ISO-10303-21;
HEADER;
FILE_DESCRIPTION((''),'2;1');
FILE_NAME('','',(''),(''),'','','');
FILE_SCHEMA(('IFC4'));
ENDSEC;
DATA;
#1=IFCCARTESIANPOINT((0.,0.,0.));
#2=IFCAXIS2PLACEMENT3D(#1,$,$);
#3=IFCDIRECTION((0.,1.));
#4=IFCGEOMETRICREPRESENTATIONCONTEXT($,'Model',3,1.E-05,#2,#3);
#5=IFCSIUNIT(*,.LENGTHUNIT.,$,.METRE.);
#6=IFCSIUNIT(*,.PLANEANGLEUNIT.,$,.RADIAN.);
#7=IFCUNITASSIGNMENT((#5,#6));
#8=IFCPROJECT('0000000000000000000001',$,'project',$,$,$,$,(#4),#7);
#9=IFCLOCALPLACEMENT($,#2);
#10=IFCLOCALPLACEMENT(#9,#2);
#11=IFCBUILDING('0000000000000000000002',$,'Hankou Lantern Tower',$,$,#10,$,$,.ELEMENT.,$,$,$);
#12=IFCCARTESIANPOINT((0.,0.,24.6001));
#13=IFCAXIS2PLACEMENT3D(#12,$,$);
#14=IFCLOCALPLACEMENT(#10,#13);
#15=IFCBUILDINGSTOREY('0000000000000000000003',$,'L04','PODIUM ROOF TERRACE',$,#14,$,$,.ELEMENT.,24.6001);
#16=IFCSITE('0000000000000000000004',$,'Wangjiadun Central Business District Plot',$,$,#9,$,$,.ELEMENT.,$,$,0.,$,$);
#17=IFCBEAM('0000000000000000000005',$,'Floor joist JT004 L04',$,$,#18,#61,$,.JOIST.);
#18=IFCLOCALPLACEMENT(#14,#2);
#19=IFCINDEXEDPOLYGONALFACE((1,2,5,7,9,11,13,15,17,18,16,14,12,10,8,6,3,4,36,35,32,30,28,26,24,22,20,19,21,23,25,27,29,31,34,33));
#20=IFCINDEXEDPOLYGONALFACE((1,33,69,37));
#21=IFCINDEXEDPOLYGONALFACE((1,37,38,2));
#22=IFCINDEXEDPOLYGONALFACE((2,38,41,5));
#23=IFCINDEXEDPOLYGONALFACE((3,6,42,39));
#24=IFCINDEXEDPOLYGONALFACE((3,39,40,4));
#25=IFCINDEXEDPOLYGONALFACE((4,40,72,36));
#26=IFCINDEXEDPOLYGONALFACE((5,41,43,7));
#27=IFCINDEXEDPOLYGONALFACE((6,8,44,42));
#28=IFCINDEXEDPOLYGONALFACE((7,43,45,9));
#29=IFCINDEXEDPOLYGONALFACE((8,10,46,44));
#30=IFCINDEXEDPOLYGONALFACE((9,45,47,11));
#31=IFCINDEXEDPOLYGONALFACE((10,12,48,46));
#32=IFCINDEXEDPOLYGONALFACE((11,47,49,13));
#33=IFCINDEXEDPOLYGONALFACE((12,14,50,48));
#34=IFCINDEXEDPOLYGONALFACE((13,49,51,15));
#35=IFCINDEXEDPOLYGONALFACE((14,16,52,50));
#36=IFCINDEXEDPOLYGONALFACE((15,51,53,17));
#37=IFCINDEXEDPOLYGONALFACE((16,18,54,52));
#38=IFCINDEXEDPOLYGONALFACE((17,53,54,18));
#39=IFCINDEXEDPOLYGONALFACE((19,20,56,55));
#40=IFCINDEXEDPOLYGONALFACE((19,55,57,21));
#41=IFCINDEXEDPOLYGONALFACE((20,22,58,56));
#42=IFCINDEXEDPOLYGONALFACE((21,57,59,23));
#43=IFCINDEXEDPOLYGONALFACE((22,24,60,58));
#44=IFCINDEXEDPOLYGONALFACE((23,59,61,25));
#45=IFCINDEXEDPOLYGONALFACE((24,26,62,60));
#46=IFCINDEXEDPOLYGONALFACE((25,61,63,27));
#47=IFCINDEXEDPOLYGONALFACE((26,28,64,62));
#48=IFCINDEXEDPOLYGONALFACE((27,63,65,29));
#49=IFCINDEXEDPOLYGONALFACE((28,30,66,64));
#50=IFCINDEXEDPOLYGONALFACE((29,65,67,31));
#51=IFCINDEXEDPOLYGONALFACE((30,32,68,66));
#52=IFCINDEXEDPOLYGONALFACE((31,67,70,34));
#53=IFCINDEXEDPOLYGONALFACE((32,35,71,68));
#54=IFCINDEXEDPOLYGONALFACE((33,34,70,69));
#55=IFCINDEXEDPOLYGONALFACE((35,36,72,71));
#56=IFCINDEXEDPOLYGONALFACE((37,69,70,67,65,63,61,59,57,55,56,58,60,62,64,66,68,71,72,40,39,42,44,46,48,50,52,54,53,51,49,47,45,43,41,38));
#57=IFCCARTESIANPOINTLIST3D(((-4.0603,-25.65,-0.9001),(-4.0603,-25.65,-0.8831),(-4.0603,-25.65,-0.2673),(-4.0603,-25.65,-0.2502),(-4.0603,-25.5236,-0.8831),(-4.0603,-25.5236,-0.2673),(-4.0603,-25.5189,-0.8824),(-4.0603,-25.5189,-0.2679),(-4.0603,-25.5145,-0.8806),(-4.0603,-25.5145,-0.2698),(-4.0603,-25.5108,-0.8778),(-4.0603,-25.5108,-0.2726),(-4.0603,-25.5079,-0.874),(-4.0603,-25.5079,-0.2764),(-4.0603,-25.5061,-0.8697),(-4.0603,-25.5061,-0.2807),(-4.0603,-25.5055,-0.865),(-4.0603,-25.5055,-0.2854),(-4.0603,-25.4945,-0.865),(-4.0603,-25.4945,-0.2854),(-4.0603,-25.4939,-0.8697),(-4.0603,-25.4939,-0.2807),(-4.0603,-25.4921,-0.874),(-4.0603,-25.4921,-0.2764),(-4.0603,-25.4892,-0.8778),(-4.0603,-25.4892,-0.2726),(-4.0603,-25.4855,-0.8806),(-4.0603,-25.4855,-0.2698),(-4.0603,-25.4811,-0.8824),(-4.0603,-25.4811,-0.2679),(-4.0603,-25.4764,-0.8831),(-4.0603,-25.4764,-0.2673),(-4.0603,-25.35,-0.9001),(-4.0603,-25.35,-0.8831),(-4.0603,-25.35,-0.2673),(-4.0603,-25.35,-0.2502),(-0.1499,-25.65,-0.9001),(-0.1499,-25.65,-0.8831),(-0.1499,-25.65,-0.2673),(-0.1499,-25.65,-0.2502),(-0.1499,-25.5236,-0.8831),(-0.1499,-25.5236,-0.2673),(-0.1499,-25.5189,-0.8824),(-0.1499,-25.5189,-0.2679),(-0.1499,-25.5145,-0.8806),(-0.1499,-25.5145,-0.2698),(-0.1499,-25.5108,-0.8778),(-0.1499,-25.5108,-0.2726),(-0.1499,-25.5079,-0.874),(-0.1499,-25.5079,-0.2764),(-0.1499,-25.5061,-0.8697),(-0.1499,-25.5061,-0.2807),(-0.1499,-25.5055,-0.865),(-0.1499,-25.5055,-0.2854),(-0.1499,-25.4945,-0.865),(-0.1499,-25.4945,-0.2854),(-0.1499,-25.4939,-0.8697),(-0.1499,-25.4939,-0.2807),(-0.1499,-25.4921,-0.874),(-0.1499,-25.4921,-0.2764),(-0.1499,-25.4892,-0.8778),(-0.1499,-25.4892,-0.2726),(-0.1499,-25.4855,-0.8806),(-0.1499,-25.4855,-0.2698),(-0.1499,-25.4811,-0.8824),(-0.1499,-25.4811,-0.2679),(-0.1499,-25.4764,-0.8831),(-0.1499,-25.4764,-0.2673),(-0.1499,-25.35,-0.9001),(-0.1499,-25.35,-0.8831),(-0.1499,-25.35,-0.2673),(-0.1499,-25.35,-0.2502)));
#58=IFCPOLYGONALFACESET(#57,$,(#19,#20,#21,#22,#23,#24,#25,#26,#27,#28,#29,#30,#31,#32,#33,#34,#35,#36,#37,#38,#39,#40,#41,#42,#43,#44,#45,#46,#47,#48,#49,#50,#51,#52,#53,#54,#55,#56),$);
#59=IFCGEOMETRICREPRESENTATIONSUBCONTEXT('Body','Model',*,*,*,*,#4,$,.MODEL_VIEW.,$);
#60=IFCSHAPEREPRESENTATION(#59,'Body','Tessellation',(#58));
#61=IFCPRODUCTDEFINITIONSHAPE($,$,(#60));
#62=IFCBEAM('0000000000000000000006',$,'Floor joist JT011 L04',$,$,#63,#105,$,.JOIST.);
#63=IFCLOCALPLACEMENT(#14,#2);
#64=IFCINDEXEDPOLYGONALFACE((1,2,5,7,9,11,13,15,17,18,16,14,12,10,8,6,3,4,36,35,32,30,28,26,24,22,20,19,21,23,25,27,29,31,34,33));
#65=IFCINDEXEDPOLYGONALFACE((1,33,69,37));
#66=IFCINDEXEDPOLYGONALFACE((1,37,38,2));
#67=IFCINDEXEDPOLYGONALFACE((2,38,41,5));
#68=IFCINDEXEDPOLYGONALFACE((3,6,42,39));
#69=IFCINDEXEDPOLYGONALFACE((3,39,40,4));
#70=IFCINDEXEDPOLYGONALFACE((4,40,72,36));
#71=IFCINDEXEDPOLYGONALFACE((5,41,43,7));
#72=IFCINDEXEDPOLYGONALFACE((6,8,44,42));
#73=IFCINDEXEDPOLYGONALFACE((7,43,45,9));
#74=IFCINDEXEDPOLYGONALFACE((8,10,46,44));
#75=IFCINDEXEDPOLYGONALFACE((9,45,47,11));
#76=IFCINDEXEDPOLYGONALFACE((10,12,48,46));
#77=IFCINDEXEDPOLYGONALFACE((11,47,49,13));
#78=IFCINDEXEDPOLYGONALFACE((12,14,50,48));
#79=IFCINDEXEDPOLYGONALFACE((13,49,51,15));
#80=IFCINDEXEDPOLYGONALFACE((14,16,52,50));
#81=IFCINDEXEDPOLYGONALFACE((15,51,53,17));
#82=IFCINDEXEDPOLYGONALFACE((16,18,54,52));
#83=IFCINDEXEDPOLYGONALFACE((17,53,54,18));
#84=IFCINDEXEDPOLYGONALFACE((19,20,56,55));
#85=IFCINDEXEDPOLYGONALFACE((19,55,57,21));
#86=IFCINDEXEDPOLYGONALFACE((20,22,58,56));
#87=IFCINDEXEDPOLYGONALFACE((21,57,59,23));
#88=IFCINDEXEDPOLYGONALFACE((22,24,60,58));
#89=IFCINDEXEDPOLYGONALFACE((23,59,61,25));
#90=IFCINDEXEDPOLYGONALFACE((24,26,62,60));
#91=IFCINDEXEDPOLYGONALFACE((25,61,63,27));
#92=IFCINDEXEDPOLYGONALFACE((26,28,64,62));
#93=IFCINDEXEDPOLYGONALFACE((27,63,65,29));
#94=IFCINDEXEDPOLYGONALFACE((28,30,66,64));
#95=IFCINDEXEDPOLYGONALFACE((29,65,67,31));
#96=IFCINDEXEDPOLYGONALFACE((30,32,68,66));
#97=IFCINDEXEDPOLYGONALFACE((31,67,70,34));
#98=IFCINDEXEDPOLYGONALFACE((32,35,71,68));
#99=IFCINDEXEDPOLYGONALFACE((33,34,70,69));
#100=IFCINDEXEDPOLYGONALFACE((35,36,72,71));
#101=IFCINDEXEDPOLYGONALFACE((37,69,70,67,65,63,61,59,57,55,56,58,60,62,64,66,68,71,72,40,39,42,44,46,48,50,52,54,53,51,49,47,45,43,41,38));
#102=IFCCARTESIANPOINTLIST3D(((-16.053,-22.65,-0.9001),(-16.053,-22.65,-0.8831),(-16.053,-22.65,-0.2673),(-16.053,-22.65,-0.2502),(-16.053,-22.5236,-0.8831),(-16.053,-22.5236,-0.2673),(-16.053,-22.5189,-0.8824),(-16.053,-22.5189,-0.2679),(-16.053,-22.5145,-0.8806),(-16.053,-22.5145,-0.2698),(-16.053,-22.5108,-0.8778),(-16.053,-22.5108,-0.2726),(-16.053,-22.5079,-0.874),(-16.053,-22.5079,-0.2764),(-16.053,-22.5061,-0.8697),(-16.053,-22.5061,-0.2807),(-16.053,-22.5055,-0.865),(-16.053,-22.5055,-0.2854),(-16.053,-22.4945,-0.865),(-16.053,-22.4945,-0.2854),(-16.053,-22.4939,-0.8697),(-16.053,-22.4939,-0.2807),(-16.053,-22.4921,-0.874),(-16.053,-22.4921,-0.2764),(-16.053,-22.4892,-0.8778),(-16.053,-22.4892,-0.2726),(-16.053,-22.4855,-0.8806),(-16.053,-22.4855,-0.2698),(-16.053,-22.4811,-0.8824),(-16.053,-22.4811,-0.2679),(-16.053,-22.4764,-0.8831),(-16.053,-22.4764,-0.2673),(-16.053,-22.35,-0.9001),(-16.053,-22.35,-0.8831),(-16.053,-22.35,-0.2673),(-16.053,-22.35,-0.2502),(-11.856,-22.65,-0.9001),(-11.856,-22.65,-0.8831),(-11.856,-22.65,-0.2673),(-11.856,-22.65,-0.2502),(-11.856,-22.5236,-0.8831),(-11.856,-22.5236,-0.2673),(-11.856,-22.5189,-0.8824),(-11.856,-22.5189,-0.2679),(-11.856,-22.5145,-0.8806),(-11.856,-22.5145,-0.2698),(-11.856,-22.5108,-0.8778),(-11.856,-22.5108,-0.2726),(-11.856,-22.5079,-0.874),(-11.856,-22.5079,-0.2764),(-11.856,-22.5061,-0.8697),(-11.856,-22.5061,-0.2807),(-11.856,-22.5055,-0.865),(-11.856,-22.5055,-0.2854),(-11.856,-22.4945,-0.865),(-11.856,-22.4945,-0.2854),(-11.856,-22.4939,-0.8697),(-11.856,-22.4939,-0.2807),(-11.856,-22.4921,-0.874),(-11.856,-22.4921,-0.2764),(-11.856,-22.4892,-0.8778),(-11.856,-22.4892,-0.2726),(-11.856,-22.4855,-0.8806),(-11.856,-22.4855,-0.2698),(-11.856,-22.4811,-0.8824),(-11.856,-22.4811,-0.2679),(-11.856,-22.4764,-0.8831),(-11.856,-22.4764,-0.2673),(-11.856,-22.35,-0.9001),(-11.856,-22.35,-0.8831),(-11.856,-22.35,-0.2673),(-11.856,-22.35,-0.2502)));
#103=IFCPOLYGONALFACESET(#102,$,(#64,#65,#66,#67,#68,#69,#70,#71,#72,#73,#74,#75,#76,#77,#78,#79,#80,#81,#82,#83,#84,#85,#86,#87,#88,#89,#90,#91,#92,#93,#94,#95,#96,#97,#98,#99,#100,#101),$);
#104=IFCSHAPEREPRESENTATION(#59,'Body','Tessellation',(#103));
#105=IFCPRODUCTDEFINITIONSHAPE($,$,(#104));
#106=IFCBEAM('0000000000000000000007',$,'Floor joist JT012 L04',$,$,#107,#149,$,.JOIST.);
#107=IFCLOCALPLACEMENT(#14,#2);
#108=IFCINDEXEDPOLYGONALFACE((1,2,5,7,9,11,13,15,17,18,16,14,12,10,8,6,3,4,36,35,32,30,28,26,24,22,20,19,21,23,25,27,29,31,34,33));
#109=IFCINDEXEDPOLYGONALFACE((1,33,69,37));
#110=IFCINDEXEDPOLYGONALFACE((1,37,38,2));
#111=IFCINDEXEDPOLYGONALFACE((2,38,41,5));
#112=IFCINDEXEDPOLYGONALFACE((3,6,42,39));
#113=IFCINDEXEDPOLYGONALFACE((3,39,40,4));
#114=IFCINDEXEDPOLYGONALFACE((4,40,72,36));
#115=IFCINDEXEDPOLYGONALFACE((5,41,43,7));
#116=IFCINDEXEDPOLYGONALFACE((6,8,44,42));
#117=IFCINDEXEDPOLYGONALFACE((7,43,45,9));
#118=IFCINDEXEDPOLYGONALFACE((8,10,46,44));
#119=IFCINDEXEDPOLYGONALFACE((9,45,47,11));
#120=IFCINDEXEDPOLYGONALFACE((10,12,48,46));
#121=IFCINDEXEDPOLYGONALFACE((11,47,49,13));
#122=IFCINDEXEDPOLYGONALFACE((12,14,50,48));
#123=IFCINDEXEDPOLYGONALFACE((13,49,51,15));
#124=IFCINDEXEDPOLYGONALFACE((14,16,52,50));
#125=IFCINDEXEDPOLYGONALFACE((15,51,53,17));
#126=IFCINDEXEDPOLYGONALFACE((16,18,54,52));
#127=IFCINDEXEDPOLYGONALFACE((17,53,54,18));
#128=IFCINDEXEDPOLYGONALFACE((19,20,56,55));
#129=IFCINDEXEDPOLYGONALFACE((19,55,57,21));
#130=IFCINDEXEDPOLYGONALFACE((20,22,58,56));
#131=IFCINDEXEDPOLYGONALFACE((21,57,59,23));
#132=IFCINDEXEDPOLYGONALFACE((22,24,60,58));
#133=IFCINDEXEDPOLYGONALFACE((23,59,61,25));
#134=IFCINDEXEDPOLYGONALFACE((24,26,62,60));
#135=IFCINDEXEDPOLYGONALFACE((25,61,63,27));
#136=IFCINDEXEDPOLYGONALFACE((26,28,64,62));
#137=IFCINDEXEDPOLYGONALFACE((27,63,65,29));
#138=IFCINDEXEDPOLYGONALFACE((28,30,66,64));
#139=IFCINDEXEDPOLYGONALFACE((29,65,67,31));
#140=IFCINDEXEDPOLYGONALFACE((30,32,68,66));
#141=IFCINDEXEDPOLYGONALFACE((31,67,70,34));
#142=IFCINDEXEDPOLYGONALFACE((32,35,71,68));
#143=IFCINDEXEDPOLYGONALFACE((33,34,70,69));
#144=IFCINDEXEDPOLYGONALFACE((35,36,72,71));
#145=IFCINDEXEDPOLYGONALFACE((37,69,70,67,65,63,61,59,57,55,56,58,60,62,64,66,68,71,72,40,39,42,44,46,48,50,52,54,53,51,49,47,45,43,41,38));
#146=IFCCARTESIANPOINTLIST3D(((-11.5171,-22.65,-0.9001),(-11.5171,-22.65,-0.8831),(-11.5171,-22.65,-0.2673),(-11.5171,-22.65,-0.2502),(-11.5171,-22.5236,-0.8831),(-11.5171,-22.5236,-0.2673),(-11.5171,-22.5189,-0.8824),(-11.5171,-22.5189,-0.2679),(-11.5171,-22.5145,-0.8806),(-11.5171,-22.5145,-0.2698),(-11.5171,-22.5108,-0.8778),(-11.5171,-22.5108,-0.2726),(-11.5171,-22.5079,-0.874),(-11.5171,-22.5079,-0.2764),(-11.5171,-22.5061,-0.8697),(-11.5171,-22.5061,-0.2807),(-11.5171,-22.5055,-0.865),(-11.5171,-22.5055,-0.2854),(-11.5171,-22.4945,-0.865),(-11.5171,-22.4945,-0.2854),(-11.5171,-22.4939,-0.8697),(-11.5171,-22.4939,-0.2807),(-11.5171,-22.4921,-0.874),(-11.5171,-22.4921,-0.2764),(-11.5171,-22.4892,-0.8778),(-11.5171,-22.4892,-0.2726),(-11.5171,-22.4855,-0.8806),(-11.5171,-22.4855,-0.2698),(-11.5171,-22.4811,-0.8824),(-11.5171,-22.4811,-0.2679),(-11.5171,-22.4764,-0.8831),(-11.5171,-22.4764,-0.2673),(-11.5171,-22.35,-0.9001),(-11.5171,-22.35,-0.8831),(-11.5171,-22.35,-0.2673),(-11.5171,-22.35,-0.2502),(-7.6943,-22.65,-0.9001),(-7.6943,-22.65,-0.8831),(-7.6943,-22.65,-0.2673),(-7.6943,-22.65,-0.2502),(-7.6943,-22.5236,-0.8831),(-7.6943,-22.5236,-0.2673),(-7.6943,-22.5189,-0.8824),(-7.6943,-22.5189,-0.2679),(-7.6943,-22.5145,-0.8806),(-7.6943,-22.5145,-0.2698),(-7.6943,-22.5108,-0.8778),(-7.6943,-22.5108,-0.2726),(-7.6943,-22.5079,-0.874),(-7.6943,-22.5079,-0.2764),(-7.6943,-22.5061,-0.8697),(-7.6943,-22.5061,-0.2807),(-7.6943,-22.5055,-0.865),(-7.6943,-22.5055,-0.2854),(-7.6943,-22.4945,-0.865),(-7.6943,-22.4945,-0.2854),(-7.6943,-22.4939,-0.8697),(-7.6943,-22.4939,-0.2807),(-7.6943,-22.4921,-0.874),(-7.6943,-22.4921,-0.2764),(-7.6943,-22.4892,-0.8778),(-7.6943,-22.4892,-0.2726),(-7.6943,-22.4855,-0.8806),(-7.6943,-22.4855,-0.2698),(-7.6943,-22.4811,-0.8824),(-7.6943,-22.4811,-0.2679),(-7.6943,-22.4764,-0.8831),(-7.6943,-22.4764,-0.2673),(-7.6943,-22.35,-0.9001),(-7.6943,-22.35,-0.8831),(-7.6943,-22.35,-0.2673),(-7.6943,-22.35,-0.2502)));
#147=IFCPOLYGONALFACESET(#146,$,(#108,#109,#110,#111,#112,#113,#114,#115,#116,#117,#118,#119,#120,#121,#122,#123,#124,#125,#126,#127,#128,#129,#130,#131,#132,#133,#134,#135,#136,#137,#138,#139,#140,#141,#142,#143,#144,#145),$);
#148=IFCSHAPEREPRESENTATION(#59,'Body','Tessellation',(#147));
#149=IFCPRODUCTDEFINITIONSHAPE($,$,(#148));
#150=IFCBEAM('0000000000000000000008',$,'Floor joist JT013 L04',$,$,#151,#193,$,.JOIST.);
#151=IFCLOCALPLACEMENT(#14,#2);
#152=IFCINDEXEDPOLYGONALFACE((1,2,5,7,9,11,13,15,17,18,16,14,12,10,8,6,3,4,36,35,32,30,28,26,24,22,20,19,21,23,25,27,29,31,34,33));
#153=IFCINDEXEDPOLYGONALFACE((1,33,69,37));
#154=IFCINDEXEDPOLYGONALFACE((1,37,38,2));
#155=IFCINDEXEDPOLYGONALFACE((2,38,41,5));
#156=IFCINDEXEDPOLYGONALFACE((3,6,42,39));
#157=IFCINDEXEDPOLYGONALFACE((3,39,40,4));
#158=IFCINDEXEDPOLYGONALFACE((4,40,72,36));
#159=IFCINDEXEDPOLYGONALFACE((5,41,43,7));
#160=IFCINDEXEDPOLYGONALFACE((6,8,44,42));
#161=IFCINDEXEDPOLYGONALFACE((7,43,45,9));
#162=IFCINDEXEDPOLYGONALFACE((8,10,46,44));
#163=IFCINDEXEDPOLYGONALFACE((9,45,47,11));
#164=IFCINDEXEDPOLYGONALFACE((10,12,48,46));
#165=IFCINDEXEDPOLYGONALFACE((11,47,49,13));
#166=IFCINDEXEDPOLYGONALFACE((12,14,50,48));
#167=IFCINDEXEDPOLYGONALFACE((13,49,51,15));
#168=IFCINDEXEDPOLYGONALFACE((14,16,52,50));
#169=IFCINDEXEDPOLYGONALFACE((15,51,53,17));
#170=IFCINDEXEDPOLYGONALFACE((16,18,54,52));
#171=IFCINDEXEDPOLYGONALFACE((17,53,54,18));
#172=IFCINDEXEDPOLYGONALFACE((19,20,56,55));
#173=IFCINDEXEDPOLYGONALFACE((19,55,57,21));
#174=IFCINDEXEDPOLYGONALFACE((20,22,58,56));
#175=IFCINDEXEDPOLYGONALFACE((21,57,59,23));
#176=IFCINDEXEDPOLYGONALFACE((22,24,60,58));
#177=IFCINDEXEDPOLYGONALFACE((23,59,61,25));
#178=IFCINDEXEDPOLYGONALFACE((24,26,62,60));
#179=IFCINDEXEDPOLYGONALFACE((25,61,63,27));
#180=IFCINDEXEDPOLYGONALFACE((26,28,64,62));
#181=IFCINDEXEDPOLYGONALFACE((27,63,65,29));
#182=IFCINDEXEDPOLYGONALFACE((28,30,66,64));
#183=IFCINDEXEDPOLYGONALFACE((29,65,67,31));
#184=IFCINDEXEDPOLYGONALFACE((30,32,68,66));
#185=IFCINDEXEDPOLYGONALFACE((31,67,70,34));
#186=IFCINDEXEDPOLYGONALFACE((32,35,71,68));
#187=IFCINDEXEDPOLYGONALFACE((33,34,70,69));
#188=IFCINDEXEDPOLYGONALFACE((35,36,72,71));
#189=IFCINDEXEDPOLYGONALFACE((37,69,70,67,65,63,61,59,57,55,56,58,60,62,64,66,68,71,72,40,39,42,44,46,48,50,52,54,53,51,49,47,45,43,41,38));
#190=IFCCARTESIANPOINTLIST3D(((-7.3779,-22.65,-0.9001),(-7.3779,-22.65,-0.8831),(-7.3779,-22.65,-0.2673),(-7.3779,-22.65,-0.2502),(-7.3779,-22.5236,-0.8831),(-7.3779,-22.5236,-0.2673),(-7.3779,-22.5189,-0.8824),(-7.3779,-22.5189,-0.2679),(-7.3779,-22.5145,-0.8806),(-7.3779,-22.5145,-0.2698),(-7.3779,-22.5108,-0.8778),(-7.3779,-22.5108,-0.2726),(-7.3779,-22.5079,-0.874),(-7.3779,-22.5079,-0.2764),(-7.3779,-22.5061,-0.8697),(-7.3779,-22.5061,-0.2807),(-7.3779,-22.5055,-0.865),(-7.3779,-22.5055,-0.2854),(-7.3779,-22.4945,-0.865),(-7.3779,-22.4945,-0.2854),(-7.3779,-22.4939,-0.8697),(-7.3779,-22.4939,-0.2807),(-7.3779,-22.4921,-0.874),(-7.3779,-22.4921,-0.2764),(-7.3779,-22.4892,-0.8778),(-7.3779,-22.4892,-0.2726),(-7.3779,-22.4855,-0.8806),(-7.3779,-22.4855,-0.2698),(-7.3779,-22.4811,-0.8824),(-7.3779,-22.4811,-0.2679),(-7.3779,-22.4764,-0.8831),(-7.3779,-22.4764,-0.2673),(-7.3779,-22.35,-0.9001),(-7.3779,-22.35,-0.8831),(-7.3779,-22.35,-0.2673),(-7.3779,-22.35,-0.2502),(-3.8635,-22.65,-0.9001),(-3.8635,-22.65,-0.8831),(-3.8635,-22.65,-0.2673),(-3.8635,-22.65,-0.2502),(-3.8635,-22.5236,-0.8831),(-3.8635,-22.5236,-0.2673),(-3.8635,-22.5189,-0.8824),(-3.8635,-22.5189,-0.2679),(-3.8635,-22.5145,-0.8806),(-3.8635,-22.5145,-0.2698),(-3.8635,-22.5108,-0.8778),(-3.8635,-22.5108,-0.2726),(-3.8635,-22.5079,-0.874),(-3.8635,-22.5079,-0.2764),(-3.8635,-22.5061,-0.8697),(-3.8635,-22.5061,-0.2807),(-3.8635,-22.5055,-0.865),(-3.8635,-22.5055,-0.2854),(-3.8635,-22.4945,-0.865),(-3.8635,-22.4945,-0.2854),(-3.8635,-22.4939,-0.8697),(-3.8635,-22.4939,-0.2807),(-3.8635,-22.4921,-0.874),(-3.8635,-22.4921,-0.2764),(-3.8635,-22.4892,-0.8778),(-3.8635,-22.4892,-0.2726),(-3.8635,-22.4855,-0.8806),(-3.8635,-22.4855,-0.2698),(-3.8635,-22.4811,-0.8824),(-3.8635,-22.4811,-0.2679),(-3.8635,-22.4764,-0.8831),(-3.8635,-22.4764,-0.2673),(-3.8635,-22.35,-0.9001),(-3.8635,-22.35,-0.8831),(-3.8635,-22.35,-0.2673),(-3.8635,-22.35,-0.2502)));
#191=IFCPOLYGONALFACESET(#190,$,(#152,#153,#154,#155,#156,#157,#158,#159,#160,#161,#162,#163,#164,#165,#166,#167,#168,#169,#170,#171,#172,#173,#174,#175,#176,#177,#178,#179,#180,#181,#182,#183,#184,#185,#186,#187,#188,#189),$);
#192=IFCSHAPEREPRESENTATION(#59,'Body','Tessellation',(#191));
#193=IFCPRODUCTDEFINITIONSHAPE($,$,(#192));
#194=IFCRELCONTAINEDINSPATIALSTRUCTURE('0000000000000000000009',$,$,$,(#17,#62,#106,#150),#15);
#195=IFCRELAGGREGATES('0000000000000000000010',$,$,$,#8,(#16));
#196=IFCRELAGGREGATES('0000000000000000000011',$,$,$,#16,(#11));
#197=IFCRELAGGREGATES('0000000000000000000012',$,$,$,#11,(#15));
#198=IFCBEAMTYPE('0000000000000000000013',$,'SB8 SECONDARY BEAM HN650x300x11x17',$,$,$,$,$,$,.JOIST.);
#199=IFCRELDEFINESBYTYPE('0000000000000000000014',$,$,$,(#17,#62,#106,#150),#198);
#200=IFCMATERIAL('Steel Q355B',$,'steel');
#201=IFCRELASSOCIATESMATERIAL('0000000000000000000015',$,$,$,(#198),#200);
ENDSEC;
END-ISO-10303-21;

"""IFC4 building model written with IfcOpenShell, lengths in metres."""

from ifc_helpers import new_model, si_unit, direction, frame, origin, origin_2d, place, context, subcontext, project, spatial, i_section, extrude, material, material_profile, profile_set, type_object, element, save


model = new_model("IFC4")

# Units and contexts
model_context = context("Model", 3, precision=1e-05, world=origin(), true_north=direction((0.0, 1.0)))
body_context = subcontext(model_context, "Body", "Model", "MODEL_VIEW")
ifc_project = project(units=[si_unit("LENGTHUNIT", "METRE"), si_unit("PLANEANGLEUNIT", "RADIAN")], contexts=[model_context])

# Site, building, storey
site_placement = place(None, origin())
site = spatial("IfcSite", under=ifc_project, at=site_placement, Name="Wangjiadun Central Business District Plot", CompositionType="ELEMENT", RefElevation=0.0)
building_placement = place(site_placement, origin())
building = spatial("IfcBuilding", under=site, at=building_placement, Name="Hankou Lantern Tower", CompositionType="ELEMENT")
storey_placement = place(building_placement, frame((0.0, 0.0, 24.6001)))
storey = spatial("IfcBuildingStorey", under=building, at=storey_placement, Name="L04", Description="PODIUM ROOF TERRACE", CompositionType="ELEMENT", Elevation=24.6001)

# Beams
ifc_material_1 = material(Name="Steel Q355B", Category="steel")
ifc_material_profile_1 = material_profile(ifc_material_1, i_section(OverallWidth=0.3, OverallDepth=0.6499, WebThickness=0.011, FlangeThickness=0.0171, FilletRadius=0.0181, at=origin_2d()), Name="HN650x300x11x17")
ifc_profile_set_1 = profile_set([ifc_material_profile_1], Name="Steel Q355B")
beam_type_1 = type_object("IfcBeamType", Name="SB8 SECONDARY BEAM HN650x300x11x17", PredefinedType="JOIST", material=ifc_profile_set_1)
beam_1_placement = place(storey_placement, frame((-4.0603, -25.5, -0.5752), z_axis=(1.0, 0.0, 0.0), x_axis=(0.0, 1.0, 0.0)))
element("IfcBeam", 1, at=beam_1_placement, inside=storey, type_object=beam_type_1, Name="Floor joist JT004 L04", PredefinedType="JOIST", context=body_context, shape_type="SweptSolid", body=[
    extrude(i_section(OverallWidth=0.3, OverallDepth=0.6499, WebThickness=0.011, FlangeThickness=0.0171, FilletRadius=0.0181, at=origin_2d()), origin(), (0.0, 0.0, 1.0), 3.9104),
])
beam_2_placement = place(storey_placement, frame((-16.053, -22.5, -0.5752), z_axis=(1.0, 0.0, 0.0), x_axis=(0.0, 1.0, 0.0)))
element("IfcBeam", 2, at=beam_2_placement, inside=storey, type_object=beam_type_1, Name="Floor joist JT011 L04", PredefinedType="JOIST", context=body_context, shape_type="SweptSolid", body=[
    extrude(i_section(OverallWidth=0.3, OverallDepth=0.6499, WebThickness=0.011, FlangeThickness=0.0171, FilletRadius=0.0181, at=origin_2d()), origin(), (0.0, 0.0, 1.0), 4.197),
])
beam_3_placement = place(storey_placement, frame((-11.5171, -22.5, -0.5752), z_axis=(1.0, 0.0, 0.0), x_axis=(0.0, 1.0, 0.0)))
element("IfcBeam", 3, at=beam_3_placement, inside=storey, type_object=beam_type_1, Name="Floor joist JT012 L04", PredefinedType="JOIST", context=body_context, shape_type="SweptSolid", body=[
    extrude(i_section(OverallWidth=0.3, OverallDepth=0.6499, WebThickness=0.011, FlangeThickness=0.0171, FilletRadius=0.0181, at=origin_2d()), origin(), (0.0, 0.0, 1.0), 3.8228),
])
beam_4_placement = place(storey_placement, frame((-7.3779, -22.5, -0.5752), z_axis=(1.0, 0.0, 0.0), x_axis=(0.0, 1.0, 0.0)))
element("IfcBeam", 4, at=beam_4_placement, inside=storey, type_object=beam_type_1, Name="Floor joist JT013 L04", PredefinedType="JOIST", context=body_context, shape_type="SweptSolid", body=[
    extrude(i_section(OverallWidth=0.3, OverallDepth=0.6499, WebThickness=0.011, FlangeThickness=0.0171, FilletRadius=0.0181, at=origin_2d()), origin(), (0.0, 0.0, 1.0), 3.5144),
])

save(model, "model.ifc")
